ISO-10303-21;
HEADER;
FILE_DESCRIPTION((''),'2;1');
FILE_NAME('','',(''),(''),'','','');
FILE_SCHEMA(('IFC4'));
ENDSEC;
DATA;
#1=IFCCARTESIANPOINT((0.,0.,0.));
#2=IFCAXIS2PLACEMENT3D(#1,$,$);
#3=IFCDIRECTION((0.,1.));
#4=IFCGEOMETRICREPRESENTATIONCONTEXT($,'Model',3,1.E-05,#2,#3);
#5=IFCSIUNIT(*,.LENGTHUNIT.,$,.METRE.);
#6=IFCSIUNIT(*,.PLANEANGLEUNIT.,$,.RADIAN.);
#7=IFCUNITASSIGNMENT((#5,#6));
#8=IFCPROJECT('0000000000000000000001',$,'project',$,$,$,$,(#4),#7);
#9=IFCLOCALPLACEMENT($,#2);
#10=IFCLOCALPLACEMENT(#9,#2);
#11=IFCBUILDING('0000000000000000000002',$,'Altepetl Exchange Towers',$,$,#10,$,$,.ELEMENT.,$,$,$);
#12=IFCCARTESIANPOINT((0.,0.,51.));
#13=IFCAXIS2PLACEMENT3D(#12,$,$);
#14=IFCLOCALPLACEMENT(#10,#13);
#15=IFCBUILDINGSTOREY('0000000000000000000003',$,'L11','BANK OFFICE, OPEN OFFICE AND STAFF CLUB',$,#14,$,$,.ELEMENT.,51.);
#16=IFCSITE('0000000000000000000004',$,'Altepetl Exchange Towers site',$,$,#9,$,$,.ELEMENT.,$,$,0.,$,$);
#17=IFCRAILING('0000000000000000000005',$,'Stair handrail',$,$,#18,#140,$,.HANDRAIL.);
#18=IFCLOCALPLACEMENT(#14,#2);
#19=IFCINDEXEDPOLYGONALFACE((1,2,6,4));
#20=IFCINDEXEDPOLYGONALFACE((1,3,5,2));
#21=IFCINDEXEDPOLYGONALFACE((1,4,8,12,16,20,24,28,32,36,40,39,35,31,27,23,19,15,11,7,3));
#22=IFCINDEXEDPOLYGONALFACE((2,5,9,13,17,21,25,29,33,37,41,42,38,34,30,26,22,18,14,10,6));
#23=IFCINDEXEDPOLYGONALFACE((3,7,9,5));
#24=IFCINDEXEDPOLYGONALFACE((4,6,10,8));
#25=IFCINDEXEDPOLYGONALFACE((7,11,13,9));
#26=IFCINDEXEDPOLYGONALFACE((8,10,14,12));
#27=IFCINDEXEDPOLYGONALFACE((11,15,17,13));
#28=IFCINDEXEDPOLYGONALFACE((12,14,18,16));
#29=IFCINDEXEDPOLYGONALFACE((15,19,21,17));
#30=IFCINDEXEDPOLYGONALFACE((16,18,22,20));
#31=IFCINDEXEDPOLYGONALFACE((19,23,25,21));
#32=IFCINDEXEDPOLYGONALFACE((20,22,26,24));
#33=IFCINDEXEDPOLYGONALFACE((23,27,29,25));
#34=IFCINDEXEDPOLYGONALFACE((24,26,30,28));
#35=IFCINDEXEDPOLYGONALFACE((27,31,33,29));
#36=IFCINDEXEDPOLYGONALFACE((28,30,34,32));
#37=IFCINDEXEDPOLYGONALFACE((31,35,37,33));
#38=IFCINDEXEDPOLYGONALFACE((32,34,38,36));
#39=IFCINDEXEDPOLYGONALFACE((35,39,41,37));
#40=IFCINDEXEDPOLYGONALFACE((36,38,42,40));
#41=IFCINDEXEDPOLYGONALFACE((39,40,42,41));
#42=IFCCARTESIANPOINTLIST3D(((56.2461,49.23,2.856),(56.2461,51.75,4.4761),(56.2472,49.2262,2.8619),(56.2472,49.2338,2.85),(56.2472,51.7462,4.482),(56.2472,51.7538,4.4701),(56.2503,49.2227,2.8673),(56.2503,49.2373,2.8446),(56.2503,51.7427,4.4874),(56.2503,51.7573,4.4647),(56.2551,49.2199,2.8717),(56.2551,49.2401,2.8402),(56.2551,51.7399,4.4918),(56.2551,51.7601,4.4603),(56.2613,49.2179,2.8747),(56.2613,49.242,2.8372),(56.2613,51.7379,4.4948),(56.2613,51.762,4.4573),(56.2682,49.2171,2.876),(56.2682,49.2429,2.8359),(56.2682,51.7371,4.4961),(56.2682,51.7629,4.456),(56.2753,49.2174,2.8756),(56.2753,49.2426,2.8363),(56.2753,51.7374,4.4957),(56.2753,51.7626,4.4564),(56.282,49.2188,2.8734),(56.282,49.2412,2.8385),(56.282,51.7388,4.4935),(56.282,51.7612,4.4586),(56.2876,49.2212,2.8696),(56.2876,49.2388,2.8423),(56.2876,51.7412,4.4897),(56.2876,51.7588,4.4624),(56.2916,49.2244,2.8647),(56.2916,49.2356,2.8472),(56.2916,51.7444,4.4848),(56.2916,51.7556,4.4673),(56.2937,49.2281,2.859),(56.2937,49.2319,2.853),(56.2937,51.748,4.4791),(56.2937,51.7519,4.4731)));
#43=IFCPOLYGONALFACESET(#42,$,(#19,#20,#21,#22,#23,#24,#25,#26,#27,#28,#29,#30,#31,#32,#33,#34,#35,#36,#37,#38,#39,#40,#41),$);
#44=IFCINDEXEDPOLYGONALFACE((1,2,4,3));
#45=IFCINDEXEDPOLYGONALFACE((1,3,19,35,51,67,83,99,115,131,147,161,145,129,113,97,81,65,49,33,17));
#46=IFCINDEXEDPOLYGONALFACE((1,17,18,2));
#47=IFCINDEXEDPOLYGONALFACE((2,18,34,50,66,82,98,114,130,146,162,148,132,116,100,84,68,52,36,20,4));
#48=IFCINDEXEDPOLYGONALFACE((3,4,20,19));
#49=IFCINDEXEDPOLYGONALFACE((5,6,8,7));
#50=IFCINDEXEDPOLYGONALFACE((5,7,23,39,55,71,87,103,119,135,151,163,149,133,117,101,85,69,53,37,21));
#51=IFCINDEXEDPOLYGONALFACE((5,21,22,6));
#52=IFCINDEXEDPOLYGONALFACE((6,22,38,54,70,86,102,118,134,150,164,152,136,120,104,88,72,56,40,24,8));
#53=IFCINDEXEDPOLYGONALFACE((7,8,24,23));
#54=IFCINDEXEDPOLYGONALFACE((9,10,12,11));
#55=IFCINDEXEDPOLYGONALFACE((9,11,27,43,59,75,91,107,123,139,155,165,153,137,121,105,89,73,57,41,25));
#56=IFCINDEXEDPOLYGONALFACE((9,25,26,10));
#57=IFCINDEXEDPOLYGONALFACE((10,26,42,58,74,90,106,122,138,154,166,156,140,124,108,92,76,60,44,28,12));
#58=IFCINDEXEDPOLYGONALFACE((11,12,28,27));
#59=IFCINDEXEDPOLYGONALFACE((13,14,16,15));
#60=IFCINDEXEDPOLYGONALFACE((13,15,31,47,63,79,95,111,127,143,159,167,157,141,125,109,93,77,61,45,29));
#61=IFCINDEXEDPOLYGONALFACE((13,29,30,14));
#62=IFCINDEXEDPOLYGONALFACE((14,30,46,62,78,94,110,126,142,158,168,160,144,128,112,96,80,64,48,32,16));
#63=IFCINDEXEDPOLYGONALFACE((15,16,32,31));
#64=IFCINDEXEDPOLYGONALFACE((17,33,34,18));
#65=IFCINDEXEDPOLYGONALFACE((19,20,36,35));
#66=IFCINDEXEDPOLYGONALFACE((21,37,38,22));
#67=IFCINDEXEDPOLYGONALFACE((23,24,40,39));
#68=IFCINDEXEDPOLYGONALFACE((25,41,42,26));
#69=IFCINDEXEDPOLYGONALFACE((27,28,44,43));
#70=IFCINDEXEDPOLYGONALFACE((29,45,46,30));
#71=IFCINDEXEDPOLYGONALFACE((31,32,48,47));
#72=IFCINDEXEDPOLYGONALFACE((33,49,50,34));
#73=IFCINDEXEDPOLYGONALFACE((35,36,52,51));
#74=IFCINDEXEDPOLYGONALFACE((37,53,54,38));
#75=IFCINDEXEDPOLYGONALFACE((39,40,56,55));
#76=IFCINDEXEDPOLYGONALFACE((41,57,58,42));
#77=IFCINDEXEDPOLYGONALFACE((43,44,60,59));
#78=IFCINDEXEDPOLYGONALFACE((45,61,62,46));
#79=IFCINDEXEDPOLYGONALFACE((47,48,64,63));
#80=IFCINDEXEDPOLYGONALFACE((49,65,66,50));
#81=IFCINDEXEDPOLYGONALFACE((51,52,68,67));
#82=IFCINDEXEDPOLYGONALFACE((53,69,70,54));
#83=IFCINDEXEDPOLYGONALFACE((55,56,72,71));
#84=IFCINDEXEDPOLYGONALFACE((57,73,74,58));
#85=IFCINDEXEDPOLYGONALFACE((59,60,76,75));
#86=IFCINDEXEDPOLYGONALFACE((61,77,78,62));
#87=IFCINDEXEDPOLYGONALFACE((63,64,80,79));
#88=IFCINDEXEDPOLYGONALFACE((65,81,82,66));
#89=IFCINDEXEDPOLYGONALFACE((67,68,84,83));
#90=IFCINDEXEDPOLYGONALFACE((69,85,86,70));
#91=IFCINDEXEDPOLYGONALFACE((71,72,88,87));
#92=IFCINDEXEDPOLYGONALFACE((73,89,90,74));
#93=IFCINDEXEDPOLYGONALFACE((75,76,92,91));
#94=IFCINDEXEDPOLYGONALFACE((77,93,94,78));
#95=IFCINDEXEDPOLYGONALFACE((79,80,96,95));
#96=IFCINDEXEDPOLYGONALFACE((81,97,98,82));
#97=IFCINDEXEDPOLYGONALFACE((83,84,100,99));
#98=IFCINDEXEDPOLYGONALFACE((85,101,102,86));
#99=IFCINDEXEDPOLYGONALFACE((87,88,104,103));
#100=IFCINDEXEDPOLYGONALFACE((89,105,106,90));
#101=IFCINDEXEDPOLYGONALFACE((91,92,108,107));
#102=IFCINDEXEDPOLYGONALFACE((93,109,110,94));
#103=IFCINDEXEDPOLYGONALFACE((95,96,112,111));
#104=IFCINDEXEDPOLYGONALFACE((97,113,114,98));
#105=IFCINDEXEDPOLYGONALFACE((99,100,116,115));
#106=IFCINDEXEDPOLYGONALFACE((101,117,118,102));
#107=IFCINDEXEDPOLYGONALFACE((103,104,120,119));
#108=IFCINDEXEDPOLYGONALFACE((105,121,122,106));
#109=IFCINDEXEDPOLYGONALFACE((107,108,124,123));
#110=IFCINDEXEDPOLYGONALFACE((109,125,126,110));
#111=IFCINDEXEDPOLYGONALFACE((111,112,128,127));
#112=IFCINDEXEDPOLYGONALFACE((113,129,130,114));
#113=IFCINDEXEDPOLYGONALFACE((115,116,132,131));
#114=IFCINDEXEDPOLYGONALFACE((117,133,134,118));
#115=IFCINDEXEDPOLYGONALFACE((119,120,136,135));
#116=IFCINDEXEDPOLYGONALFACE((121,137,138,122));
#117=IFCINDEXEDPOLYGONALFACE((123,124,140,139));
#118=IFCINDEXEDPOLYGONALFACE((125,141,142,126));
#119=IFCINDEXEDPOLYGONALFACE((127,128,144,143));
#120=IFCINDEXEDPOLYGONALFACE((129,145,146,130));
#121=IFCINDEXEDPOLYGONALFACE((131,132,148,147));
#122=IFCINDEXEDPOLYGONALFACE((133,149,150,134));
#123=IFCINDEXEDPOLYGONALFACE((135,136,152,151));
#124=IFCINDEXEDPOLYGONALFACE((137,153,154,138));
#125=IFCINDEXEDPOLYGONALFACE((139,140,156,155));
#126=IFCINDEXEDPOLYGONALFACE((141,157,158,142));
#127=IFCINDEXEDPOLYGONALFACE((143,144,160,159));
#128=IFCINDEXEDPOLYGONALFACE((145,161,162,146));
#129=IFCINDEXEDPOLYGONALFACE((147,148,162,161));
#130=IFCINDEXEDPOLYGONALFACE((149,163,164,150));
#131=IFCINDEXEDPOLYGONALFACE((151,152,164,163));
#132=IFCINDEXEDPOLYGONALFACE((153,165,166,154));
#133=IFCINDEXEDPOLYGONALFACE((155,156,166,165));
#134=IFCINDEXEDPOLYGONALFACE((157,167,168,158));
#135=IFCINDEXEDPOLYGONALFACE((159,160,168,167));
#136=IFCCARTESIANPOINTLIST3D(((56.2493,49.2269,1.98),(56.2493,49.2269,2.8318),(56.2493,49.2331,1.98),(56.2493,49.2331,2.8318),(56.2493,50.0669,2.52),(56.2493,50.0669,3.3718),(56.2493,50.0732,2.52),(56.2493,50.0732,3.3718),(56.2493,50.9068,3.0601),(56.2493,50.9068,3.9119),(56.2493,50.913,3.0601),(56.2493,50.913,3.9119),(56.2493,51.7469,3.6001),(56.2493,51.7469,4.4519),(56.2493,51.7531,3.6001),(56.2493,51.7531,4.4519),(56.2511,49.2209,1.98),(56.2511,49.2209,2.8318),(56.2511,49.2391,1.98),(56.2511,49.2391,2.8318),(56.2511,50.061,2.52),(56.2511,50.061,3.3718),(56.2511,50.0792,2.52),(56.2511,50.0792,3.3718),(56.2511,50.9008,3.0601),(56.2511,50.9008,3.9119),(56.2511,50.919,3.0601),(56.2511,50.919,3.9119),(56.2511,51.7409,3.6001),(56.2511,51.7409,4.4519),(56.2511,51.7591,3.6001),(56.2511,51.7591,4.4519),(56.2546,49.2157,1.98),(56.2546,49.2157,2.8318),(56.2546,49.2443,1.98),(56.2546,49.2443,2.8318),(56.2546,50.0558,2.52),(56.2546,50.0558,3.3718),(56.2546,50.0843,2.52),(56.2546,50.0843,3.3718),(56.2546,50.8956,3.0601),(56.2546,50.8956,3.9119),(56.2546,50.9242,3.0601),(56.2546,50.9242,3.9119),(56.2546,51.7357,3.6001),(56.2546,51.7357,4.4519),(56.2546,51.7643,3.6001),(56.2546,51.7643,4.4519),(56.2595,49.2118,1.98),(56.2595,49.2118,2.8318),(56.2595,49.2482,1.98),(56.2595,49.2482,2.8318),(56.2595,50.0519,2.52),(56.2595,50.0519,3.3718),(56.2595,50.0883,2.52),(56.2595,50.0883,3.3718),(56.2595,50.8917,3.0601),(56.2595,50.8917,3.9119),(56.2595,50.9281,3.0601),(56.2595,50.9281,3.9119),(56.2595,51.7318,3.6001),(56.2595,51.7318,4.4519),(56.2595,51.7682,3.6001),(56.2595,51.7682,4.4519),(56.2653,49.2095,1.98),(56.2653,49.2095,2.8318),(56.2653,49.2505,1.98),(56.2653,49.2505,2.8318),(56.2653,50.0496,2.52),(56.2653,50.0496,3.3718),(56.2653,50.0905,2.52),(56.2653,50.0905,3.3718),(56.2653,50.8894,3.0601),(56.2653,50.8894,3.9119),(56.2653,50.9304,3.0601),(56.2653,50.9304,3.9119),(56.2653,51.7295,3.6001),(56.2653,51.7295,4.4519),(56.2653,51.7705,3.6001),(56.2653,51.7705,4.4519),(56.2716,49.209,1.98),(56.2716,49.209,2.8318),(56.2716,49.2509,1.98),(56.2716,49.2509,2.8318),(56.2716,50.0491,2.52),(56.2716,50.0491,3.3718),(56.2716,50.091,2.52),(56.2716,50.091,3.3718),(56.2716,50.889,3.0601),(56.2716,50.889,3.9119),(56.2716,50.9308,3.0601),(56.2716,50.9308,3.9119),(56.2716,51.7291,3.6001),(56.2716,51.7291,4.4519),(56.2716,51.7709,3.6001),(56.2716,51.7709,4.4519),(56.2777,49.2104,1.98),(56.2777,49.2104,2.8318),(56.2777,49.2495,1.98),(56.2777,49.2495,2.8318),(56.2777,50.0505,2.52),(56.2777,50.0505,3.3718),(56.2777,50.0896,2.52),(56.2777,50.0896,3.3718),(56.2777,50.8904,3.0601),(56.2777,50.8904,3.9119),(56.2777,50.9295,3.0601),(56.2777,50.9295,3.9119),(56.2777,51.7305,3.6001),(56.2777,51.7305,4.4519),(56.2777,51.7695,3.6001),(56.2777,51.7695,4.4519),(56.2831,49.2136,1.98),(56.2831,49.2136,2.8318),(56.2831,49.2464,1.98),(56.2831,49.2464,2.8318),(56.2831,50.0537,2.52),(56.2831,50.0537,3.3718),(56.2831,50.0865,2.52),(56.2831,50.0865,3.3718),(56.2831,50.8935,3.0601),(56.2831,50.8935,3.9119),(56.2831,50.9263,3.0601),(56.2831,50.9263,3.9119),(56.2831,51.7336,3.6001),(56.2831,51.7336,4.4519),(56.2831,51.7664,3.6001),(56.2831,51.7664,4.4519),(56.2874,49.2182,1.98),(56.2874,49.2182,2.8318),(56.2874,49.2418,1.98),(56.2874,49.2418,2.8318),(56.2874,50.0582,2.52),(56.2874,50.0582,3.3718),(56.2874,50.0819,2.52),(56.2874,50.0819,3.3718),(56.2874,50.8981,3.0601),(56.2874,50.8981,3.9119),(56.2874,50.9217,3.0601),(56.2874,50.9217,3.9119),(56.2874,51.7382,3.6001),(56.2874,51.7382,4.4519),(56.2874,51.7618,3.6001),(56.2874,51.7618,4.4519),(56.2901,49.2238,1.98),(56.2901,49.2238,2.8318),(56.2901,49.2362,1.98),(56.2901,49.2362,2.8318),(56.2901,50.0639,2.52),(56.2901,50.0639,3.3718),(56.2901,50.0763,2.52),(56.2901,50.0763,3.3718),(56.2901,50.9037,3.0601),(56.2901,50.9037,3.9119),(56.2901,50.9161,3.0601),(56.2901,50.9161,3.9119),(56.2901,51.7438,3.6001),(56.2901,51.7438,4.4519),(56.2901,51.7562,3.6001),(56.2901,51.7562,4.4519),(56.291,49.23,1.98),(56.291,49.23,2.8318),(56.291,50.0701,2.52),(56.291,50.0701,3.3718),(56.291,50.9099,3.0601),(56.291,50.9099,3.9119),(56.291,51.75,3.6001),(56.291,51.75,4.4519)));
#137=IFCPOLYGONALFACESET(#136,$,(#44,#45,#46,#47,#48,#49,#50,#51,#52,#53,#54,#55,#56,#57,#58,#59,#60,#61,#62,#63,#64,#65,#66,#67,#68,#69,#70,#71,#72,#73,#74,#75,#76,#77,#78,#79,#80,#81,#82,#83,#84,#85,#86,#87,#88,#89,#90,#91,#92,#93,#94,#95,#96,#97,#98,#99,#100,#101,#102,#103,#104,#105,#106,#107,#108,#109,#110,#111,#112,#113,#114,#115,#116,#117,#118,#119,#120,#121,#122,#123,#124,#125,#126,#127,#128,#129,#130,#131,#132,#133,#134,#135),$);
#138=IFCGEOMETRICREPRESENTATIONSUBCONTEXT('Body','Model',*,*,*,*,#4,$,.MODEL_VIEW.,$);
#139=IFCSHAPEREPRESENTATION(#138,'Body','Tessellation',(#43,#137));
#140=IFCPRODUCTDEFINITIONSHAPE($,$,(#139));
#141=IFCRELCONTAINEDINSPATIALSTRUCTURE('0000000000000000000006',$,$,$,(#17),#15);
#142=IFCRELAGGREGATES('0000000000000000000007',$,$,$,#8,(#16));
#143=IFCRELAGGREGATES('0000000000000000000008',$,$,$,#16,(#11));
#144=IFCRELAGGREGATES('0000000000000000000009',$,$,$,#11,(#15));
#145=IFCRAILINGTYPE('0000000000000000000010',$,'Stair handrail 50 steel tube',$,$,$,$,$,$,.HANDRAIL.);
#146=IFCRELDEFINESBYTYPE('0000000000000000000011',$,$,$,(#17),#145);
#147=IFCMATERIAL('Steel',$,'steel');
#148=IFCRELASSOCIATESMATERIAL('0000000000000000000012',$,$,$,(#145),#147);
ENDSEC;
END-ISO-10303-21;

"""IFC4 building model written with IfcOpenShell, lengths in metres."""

from ifc_helpers import new_model, si_unit, direction, frame, origin, origin_2d, place, context, subcontext, project, spatial, circle, extrude, source, transform, mapped, material, type_object, element, save


model = new_model("IFC4")

# Units and contexts
model_context = context("Model", 3, precision=1e-05, world=origin(), true_north=direction((0.0, 1.0)))
body_context = subcontext(model_context, "Body", "Model", "MODEL_VIEW")
ifc_project = project(units=[si_unit("LENGTHUNIT", "METRE"), si_unit("PLANEANGLEUNIT", "RADIAN")], contexts=[model_context])

# Site, building, storey
site_placement = place(None, origin())
site = spatial("IfcSite", under=ifc_project, at=site_placement, Name="Altepetl Exchange Towers site", CompositionType="ELEMENT", RefElevation=0.0)
building_placement = place(site_placement, origin())
building = spatial("IfcBuilding", under=site, at=building_placement, Name="Altepetl Exchange Towers", CompositionType="ELEMENT")
storey_placement = place(building_placement, frame((0.0, 0.0, 51.0)))
storey = spatial("IfcBuildingStorey", under=building, at=storey_placement, Name="L11", Description="BANK OFFICE, OPEN OFFICE AND STAFF CLUB", CompositionType="ELEMENT", Elevation=51.0)

# Railing
ifc_material_1 = material(Name="Steel", Category="steel")
railing_type = type_object("IfcRailingType", Name="Stair handrail 50 steel tube", PredefinedType="HANDRAIL", material=ifc_material_1)
shared_shape = source(origin(), body_context, "Body", "SweptSolid", [
    extrude(circle(Radius=0.021, at=origin_2d()), origin(), (0.0, 0.0, 1.0), 0.8518),
])
railing_1_placement = place(storey_placement, frame((56.27, 49.23, 1.98)))
element("IfcRailing", 1, at=railing_1_placement, inside=storey, type_object=railing_type, Name="Stair handrail", PredefinedType="HANDRAIL", context=body_context, shape_type="SweptSolid", body=[
    extrude(circle(Radius=0.0239, at=origin_2d()), frame((0.0, 0.0, 0.876), z_axis=(0.0, 0.841163, 0.540782), x_axis=(-1.0, 0.0, 0.0)), (0.0, 0.0, 1.0), 2.9958),
    mapped(shared_shape, transform((0.0, 0.0, 0.0))),
    mapped(shared_shape, transform((0.0, 0.8401, 0.54))),
    mapped(shared_shape, transform((0.0, 1.6799, 1.0801))),
    mapped(shared_shape, transform((0.0, 2.52, 1.6201))),
])

save(model, "model.ifc")
